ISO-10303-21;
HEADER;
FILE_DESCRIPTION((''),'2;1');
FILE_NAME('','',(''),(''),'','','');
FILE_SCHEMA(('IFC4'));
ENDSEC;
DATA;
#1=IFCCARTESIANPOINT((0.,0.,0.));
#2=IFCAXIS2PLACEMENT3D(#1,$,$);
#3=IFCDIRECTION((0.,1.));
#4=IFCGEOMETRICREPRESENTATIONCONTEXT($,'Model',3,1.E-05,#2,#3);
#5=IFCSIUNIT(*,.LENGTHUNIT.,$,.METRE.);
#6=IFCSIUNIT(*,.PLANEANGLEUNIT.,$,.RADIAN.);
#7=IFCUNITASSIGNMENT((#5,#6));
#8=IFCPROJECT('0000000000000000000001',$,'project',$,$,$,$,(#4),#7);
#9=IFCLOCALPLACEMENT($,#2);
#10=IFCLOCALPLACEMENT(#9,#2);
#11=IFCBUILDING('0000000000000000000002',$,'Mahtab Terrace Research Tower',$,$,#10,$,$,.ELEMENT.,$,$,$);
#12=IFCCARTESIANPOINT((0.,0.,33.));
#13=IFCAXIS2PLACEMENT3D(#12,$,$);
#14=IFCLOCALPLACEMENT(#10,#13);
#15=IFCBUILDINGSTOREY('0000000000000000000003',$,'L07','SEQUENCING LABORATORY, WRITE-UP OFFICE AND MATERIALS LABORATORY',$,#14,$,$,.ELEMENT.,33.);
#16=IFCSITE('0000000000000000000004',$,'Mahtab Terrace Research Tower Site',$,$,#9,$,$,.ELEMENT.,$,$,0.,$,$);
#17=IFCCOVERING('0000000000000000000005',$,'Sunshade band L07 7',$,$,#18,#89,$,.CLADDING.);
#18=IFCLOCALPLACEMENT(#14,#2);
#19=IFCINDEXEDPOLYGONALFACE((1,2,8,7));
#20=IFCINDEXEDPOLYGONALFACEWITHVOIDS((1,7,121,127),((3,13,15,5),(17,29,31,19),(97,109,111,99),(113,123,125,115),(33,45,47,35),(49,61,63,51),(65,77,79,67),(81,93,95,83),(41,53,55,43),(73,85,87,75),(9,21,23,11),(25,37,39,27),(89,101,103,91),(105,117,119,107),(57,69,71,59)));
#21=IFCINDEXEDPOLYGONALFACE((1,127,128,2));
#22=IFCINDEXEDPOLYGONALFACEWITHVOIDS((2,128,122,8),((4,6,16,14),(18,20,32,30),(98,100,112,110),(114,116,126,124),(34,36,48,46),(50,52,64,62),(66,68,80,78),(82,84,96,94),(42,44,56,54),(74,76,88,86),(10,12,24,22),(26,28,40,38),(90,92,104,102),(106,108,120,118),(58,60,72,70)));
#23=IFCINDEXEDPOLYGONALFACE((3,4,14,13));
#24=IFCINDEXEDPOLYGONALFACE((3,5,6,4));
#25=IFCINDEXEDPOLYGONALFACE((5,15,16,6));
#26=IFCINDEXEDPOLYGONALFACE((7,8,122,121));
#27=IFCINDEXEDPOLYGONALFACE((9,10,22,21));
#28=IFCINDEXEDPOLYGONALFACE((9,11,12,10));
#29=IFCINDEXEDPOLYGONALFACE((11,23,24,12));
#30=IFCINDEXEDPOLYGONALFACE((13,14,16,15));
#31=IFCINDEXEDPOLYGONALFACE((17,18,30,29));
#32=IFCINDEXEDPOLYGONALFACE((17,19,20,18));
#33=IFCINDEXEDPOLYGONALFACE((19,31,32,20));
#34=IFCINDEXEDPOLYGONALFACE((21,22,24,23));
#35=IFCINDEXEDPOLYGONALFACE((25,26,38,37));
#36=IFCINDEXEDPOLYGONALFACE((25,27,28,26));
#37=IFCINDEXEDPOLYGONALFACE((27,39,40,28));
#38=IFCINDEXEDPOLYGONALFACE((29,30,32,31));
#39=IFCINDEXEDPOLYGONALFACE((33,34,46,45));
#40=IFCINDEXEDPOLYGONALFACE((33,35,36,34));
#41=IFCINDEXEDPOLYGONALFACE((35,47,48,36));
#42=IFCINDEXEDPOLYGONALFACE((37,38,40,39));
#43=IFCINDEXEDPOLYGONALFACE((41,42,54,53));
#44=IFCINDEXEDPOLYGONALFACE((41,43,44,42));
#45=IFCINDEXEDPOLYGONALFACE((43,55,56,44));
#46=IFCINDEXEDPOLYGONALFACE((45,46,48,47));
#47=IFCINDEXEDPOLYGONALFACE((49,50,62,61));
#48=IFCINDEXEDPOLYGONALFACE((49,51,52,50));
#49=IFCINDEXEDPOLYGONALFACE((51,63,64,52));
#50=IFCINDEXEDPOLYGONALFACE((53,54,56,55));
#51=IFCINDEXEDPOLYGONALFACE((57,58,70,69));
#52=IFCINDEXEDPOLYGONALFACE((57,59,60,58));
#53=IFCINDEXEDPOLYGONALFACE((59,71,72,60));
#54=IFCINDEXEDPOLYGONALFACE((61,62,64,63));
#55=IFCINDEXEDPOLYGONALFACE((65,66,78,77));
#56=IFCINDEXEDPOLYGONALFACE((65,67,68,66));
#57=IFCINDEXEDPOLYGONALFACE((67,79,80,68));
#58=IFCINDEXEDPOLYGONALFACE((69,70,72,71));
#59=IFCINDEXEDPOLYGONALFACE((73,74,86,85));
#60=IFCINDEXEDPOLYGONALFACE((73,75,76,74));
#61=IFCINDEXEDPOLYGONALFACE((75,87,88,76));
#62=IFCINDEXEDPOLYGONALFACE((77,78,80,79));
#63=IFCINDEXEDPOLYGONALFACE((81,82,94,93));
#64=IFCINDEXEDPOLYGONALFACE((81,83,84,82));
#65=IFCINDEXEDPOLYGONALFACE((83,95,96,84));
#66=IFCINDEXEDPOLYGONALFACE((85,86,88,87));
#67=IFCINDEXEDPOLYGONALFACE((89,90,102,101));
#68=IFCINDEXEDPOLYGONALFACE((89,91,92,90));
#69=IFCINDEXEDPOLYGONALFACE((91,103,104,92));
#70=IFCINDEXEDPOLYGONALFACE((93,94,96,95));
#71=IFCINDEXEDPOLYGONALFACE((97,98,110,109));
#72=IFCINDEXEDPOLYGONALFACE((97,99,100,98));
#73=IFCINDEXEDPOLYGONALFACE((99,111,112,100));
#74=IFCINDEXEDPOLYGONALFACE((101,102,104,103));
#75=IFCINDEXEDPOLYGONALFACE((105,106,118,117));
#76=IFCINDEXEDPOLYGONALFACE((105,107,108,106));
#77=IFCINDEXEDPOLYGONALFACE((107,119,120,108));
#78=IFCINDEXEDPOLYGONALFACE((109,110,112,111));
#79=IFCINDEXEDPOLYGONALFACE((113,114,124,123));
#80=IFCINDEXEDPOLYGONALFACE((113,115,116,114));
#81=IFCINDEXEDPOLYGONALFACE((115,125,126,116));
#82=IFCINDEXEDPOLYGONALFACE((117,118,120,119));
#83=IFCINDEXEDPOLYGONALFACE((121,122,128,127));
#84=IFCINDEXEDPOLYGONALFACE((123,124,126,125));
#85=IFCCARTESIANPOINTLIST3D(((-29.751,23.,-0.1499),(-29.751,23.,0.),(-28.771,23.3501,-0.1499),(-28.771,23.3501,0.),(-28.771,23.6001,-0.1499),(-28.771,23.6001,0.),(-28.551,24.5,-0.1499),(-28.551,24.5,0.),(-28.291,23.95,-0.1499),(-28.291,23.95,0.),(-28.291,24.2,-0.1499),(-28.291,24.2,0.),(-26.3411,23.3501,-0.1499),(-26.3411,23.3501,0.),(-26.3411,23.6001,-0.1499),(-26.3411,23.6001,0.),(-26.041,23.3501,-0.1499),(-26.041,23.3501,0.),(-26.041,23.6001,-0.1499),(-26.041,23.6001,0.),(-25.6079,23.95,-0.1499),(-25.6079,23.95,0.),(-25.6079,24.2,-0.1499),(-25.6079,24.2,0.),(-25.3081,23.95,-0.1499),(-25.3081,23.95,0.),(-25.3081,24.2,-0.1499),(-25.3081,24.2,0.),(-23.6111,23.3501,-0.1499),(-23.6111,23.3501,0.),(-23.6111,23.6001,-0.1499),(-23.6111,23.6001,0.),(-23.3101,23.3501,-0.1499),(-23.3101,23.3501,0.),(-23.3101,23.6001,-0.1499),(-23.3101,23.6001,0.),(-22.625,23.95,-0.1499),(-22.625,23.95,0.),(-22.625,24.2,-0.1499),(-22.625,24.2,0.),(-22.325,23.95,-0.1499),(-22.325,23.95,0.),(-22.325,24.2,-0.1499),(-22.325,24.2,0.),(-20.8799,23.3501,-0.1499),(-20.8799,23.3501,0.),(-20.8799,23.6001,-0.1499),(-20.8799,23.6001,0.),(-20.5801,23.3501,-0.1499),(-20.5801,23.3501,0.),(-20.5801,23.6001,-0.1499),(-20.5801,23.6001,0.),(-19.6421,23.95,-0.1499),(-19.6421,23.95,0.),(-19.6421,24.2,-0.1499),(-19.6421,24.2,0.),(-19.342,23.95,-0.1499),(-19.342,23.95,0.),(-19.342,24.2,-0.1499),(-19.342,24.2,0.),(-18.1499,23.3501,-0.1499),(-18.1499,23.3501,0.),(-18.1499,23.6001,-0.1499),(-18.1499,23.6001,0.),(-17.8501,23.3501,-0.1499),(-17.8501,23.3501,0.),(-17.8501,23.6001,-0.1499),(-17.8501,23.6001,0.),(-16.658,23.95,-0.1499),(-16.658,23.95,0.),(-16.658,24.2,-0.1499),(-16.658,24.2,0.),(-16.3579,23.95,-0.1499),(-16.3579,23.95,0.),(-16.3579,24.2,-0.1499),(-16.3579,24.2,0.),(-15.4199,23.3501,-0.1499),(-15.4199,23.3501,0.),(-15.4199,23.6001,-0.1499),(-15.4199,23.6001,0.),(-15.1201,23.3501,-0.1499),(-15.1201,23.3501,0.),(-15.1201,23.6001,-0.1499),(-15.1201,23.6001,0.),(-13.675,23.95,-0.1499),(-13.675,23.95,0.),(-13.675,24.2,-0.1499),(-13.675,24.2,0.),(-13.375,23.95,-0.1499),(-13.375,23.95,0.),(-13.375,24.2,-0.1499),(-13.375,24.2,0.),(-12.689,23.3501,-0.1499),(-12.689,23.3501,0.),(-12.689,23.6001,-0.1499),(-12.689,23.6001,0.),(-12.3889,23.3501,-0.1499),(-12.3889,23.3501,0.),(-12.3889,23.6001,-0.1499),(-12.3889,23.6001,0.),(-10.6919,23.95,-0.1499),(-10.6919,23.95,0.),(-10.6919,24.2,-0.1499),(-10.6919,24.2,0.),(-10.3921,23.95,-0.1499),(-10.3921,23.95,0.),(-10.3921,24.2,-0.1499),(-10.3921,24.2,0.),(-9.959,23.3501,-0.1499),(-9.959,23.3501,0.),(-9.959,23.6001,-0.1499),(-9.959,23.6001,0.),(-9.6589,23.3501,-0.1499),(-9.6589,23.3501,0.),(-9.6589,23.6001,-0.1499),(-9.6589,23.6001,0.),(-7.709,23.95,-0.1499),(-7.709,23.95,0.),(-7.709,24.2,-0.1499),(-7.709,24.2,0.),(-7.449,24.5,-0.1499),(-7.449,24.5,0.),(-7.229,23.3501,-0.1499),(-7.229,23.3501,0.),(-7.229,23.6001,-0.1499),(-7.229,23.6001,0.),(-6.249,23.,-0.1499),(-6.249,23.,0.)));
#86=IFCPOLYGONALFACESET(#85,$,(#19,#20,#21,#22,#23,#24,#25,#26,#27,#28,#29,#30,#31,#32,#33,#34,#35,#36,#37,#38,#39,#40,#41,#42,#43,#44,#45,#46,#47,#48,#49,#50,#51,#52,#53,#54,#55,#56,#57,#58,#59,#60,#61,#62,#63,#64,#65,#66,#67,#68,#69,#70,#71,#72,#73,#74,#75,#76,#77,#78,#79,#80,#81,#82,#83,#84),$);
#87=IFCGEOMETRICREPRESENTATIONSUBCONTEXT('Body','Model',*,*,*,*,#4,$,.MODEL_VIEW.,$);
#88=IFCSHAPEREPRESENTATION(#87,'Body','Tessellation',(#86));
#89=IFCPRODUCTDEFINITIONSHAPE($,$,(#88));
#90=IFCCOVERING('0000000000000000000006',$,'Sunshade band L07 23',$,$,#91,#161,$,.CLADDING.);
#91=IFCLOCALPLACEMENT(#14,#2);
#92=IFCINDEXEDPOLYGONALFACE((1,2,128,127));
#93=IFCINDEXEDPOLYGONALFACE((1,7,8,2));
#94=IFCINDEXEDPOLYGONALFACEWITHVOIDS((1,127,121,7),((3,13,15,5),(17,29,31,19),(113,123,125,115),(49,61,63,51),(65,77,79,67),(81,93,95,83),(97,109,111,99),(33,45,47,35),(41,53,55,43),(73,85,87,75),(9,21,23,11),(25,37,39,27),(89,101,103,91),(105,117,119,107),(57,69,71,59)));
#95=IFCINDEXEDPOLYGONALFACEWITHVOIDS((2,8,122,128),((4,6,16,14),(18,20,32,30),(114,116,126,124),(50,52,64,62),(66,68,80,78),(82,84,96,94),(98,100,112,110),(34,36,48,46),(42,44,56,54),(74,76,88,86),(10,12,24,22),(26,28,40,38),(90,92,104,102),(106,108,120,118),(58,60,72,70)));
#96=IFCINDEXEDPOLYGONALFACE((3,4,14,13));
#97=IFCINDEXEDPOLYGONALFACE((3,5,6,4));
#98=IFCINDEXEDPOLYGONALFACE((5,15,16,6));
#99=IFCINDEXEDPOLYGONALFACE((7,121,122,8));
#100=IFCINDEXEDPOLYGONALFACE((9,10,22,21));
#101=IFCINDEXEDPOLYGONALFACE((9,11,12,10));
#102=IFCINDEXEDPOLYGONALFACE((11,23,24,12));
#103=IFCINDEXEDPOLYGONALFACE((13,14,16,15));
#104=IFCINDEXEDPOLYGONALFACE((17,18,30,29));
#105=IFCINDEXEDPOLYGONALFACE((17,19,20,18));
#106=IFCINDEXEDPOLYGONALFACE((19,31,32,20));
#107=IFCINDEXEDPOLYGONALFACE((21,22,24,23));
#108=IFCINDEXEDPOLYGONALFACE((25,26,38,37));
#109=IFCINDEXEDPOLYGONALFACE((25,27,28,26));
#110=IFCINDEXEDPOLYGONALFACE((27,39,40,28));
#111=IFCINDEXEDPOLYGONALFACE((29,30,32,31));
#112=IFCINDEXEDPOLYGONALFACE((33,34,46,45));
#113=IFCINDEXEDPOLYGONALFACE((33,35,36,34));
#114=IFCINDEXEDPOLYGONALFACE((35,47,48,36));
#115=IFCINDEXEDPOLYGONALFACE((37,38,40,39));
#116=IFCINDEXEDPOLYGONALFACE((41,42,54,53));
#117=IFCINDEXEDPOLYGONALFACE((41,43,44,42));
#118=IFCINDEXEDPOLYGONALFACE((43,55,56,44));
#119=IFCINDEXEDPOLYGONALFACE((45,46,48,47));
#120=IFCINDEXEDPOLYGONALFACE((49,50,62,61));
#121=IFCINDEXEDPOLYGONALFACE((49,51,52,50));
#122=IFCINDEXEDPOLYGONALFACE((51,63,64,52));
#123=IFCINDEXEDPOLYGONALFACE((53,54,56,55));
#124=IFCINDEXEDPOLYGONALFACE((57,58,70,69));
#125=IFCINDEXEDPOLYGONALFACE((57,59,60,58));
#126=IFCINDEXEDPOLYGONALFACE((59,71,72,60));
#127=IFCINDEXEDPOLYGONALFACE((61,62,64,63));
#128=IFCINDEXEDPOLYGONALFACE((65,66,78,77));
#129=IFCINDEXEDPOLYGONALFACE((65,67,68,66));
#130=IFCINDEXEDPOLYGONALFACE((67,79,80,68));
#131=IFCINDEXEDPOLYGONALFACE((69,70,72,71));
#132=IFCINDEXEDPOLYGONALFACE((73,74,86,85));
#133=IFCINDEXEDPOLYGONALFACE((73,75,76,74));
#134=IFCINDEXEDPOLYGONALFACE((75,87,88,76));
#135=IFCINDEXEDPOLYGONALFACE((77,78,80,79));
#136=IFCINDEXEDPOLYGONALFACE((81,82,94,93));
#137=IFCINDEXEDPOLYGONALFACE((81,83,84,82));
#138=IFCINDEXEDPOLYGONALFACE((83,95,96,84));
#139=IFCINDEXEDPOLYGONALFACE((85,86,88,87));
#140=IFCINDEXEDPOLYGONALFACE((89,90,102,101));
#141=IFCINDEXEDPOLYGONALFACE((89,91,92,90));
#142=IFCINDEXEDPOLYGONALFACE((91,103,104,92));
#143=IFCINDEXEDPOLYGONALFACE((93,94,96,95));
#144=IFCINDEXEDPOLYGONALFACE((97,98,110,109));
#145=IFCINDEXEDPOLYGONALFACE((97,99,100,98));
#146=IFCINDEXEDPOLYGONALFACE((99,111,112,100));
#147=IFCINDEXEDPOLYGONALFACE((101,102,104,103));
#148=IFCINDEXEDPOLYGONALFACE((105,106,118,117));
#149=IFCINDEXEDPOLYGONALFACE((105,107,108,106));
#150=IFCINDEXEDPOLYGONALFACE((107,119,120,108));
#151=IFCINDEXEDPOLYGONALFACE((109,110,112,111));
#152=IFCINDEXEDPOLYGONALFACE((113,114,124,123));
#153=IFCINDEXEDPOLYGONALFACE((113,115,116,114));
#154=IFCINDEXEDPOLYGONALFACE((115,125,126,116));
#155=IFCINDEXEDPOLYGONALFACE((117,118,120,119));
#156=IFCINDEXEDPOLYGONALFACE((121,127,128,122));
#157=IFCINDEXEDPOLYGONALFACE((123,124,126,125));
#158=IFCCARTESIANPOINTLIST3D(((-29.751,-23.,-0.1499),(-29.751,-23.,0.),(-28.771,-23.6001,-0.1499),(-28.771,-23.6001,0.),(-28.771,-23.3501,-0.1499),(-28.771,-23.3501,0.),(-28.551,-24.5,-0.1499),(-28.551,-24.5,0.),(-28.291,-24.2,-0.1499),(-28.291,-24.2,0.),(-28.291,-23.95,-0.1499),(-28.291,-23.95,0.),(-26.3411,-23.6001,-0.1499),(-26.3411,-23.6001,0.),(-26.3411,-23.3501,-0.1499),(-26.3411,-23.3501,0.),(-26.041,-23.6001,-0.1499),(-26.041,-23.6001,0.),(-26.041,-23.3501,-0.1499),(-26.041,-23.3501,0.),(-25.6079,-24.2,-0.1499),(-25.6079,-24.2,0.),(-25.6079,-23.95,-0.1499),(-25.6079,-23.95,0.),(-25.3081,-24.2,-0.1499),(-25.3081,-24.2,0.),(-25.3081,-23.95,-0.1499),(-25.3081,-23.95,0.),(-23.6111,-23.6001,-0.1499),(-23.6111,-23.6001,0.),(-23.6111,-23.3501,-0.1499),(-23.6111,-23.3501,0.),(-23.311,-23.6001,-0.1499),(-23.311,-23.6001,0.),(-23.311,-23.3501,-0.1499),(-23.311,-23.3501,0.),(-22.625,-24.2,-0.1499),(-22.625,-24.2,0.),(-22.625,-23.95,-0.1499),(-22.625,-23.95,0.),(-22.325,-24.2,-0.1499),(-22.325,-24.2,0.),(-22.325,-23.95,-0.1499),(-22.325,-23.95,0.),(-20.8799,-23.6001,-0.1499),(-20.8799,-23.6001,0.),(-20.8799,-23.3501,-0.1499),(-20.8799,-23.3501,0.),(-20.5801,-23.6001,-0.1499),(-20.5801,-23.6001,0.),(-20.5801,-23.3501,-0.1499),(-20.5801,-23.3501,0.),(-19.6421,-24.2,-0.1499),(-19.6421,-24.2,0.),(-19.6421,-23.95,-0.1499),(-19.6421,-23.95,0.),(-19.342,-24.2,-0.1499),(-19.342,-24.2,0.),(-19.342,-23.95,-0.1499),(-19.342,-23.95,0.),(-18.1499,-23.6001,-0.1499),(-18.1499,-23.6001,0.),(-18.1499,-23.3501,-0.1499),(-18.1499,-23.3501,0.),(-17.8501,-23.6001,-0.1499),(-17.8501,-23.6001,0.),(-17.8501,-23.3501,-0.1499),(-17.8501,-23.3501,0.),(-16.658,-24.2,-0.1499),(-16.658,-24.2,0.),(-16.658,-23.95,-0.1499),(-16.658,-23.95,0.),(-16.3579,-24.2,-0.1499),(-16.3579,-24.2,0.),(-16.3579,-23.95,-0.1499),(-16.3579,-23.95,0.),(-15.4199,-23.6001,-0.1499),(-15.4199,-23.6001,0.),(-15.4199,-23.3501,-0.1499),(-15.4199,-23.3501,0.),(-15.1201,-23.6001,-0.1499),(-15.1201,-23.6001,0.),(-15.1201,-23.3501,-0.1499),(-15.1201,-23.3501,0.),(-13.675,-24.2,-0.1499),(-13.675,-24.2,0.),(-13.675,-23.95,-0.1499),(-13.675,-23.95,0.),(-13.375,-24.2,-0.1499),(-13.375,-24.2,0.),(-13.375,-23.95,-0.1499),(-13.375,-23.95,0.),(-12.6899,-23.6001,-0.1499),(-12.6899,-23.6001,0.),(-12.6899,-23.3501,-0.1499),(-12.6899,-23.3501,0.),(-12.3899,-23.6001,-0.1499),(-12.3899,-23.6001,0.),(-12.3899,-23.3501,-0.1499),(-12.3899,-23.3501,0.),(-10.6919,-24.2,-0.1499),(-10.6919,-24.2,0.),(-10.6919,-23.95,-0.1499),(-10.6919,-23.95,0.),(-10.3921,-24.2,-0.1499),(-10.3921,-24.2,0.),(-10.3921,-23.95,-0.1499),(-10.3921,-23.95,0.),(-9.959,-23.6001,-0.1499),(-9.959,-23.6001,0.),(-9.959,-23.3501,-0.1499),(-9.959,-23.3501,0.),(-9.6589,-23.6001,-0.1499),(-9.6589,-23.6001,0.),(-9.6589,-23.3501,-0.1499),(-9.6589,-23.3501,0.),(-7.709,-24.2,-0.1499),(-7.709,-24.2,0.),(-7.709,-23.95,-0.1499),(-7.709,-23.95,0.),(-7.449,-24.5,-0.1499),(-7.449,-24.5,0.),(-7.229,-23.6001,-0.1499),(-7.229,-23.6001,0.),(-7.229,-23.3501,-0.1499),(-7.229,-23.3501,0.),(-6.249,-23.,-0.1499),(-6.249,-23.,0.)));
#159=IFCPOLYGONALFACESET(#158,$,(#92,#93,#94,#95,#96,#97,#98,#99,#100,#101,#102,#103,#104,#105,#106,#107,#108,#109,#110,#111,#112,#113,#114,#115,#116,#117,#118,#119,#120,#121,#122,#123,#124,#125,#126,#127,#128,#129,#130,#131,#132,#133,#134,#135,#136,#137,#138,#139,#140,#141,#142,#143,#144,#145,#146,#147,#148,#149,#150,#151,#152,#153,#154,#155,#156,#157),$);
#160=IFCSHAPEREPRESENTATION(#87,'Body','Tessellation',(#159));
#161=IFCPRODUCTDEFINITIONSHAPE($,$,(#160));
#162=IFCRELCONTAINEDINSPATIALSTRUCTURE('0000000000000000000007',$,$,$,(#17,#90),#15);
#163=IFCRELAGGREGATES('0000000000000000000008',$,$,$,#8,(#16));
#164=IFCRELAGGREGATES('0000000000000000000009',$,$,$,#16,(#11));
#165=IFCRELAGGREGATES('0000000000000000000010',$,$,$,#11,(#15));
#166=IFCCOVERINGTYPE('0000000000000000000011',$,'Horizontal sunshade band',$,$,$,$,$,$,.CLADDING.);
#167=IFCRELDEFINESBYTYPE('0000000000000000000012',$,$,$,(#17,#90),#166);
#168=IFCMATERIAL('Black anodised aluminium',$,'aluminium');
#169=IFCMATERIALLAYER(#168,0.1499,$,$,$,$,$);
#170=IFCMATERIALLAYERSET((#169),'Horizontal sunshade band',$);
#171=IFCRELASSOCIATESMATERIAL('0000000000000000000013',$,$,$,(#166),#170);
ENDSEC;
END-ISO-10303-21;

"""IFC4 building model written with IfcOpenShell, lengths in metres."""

from ifc_helpers import new_model, si_unit, direction, frame, origin, place, context, subcontext, project, spatial, polyline, outline, extrude, material, layer, layer_set, type_object, element, save


model = new_model("IFC4")

# Units and contexts
model_context = context("Model", 3, precision=1e-05, world=origin(), true_north=direction((0.0, 1.0)))
body_context = subcontext(model_context, "Body", "Model", "MODEL_VIEW")
ifc_project = project(units=[si_unit("LENGTHUNIT", "METRE"), si_unit("PLANEANGLEUNIT", "RADIAN")], contexts=[model_context])

# Site, building, storey
site_placement = place(None, origin())
site = spatial("IfcSite", under=ifc_project, at=site_placement, Name="Mahtab Terrace Research Tower Site", CompositionType="ELEMENT", RefElevation=0.0)
building_placement = place(site_placement, origin())
building = spatial("IfcBuilding", under=site, at=building_placement, Name="Mahtab Terrace Research Tower", CompositionType="ELEMENT")
storey_placement = place(building_placement, frame((0.0, 0.0, 33.0)))
storey = spatial("IfcBuildingStorey", under=building, at=storey_placement, Name="L07", Description="SEQUENCING LABORATORY, WRITE-UP OFFICE AND MATERIALS LABORATORY", CompositionType="ELEMENT", Elevation=33.0)

# Coverings
ifc_material_1 = material(Name="Black anodised aluminium", Category="aluminium")
ifc_layer_1 = layer(ifc_material_1, 0.1499)
ifc_layer_set_1 = layer_set([ifc_layer_1], Name="Horizontal sunshade band")
covering_type = type_object("IfcCoveringType", Name="Horizontal sunshade band", PredefinedType="CLADDING", material=ifc_layer_set_1)
covering_1_placement = place(storey_placement, frame((0.0, 0.0, -0.1499)))
element("IfcCovering", 1, at=covering_1_placement, inside=storey, type_object=covering_type, Name="Sunshade band L07 7", PredefinedType="CLADDING", context=body_context, shape_type="SweptSolid", body=[
    extrude(outline(polyline([(-6.249, 23.0), (-29.751, 23.0), (-28.551, 24.5), (-7.449, 24.5), (-6.249, 23.0)]), holes=[polyline([(-7.229, 23.3501), (-9.6589, 23.3501), (-9.6589, 23.6001), (-7.229, 23.6001), (-7.229, 23.3501)]), polyline([(-9.959, 23.3501), (-12.3889, 23.3501), (-12.3889, 23.6001), (-9.959, 23.6001), (-9.959, 23.3501)]), polyline([(-12.689, 23.3501), (-15.1201, 23.3501), (-15.1201, 23.6001), (-12.689, 23.6001), (-12.689, 23.3501)]), polyline([(-15.4199, 23.3501), (-17.8501, 23.3501), (-17.8501, 23.6001), (-15.4199, 23.6001), (-15.4199, 23.3501)]), polyline([(-18.1499, 23.3501), (-20.5801, 23.3501), (-20.5801, 23.6001), (-18.1499, 23.6001), (-18.1499, 23.3501)]), polyline([(-20.8799, 23.3501), (-23.3101, 23.3501), (-23.3101, 23.6001), (-20.8799, 23.6001), (-20.8799, 23.3501)]), polyline([(-23.6111, 23.3501), (-26.041, 23.3501), (-26.041, 23.6001), (-23.6111, 23.6001), (-23.6111, 23.3501)]), polyline([(-26.3411, 23.3501), (-28.771, 23.3501), (-28.771, 23.6001), (-26.3411, 23.6001), (-26.3411, 23.3501)]), polyline([(-7.709, 23.95), (-10.3921, 23.95), (-10.3921, 24.2), (-7.709, 24.2), (-7.709, 23.95)]), polyline([(-10.6919, 23.95), (-13.375, 23.95), (-13.375, 24.2), (-10.6919, 24.2), (-10.6919, 23.95)]), polyline([(-13.675, 23.95), (-16.3579, 23.95), (-16.3579, 24.2), (-13.675, 24.2), (-13.675, 23.95)]), polyline([(-16.658, 23.95), (-19.342, 23.95), (-19.342, 24.2), (-16.658, 24.2), (-16.658, 23.95)]), polyline([(-19.6421, 23.95), (-22.325, 23.95), (-22.325, 24.2), (-19.6421, 24.2), (-19.6421, 23.95)]), polyline([(-22.625, 23.95), (-25.3081, 23.95), (-25.3081, 24.2), (-22.625, 24.2), (-22.625, 23.95)]), polyline([(-25.6079, 23.95), (-28.291, 23.95), (-28.291, 24.2), (-25.6079, 24.2), (-25.6079, 23.95)])]), origin(), (0.0, 0.0, 1.0), 0.1499),
])
covering_2_placement = place(storey_placement, frame((0.0, 0.0, -0.1499)))
element("IfcCovering", 2, at=covering_2_placement, inside=storey, type_object=covering_type, Name="Sunshade band L07 23", PredefinedType="CLADDING", context=body_context, shape_type="SweptSolid", body=[
    extrude(outline(polyline([(-29.751, -23.0), (-6.249, -23.0), (-7.449, -24.5), (-28.551, -24.5), (-29.751, -23.0)]), holes=[polyline([(-28.771, -23.3501), (-26.3411, -23.3501), (-26.3411, -23.6001), (-28.771, -23.6001), (-28.771, -23.3501)]), polyline([(-26.041, -23.3501), (-23.6111, -23.3501), (-23.6111, -23.6001), (-26.041, -23.6001), (-26.041, -23.3501)]), polyline([(-23.311, -23.3501), (-20.8799, -23.3501), (-20.8799, -23.6001), (-23.311, -23.6001), (-23.311, -23.3501)]), polyline([(-20.5801, -23.3501), (-18.1499, -23.3501), (-18.1499, -23.6001), (-20.5801, -23.6001), (-20.5801, -23.3501)]), polyline([(-17.8501, -23.3501), (-15.4199, -23.3501), (-15.4199, -23.6001), (-17.8501, -23.6001), (-17.8501, -23.3501)]), polyline([(-15.1201, -23.3501), (-12.6899, -23.3501), (-12.6899, -23.6001), (-15.1201, -23.6001), (-15.1201, -23.3501)]), polyline([(-12.3899, -23.3501), (-9.959, -23.3501), (-9.959, -23.6001), (-12.3899, -23.6001), (-12.3899, -23.3501)]), polyline([(-9.6589, -23.3501), (-7.229, -23.3501), (-7.229, -23.6001), (-9.6589, -23.6001), (-9.6589, -23.3501)]), polyline([(-28.291, -23.95), (-25.6079, -23.95), (-25.6079, -24.2), (-28.291, -24.2), (-28.291, -23.95)]), polyline([(-25.3081, -23.95), (-22.625, -23.95), (-22.625, -24.2), (-25.3081, -24.2), (-25.3081, -23.95)]), polyline([(-22.325, -23.95), (-19.6421, -23.95), (-19.6421, -24.2), (-22.325, -24.2), (-22.325, -23.95)]), polyline([(-19.342, -23.95), (-16.658, -23.95), (-16.658, -24.2), (-19.342, -24.2), (-19.342, -23.95)]), polyline([(-16.3579, -23.95), (-13.675, -23.95), (-13.675, -24.2), (-16.3579, -24.2), (-16.3579, -23.95)]), polyline([(-13.375, -23.95), (-10.6919, -23.95), (-10.6919, -24.2), (-13.375, -24.2), (-13.375, -23.95)]), polyline([(-10.3921, -23.95), (-7.709, -23.95), (-7.709, -24.2), (-10.3921, -24.2), (-10.3921, -23.95)])]), origin(), (0.0, 0.0, 1.0), 0.1499),
])

save(model, "model.ifc")
